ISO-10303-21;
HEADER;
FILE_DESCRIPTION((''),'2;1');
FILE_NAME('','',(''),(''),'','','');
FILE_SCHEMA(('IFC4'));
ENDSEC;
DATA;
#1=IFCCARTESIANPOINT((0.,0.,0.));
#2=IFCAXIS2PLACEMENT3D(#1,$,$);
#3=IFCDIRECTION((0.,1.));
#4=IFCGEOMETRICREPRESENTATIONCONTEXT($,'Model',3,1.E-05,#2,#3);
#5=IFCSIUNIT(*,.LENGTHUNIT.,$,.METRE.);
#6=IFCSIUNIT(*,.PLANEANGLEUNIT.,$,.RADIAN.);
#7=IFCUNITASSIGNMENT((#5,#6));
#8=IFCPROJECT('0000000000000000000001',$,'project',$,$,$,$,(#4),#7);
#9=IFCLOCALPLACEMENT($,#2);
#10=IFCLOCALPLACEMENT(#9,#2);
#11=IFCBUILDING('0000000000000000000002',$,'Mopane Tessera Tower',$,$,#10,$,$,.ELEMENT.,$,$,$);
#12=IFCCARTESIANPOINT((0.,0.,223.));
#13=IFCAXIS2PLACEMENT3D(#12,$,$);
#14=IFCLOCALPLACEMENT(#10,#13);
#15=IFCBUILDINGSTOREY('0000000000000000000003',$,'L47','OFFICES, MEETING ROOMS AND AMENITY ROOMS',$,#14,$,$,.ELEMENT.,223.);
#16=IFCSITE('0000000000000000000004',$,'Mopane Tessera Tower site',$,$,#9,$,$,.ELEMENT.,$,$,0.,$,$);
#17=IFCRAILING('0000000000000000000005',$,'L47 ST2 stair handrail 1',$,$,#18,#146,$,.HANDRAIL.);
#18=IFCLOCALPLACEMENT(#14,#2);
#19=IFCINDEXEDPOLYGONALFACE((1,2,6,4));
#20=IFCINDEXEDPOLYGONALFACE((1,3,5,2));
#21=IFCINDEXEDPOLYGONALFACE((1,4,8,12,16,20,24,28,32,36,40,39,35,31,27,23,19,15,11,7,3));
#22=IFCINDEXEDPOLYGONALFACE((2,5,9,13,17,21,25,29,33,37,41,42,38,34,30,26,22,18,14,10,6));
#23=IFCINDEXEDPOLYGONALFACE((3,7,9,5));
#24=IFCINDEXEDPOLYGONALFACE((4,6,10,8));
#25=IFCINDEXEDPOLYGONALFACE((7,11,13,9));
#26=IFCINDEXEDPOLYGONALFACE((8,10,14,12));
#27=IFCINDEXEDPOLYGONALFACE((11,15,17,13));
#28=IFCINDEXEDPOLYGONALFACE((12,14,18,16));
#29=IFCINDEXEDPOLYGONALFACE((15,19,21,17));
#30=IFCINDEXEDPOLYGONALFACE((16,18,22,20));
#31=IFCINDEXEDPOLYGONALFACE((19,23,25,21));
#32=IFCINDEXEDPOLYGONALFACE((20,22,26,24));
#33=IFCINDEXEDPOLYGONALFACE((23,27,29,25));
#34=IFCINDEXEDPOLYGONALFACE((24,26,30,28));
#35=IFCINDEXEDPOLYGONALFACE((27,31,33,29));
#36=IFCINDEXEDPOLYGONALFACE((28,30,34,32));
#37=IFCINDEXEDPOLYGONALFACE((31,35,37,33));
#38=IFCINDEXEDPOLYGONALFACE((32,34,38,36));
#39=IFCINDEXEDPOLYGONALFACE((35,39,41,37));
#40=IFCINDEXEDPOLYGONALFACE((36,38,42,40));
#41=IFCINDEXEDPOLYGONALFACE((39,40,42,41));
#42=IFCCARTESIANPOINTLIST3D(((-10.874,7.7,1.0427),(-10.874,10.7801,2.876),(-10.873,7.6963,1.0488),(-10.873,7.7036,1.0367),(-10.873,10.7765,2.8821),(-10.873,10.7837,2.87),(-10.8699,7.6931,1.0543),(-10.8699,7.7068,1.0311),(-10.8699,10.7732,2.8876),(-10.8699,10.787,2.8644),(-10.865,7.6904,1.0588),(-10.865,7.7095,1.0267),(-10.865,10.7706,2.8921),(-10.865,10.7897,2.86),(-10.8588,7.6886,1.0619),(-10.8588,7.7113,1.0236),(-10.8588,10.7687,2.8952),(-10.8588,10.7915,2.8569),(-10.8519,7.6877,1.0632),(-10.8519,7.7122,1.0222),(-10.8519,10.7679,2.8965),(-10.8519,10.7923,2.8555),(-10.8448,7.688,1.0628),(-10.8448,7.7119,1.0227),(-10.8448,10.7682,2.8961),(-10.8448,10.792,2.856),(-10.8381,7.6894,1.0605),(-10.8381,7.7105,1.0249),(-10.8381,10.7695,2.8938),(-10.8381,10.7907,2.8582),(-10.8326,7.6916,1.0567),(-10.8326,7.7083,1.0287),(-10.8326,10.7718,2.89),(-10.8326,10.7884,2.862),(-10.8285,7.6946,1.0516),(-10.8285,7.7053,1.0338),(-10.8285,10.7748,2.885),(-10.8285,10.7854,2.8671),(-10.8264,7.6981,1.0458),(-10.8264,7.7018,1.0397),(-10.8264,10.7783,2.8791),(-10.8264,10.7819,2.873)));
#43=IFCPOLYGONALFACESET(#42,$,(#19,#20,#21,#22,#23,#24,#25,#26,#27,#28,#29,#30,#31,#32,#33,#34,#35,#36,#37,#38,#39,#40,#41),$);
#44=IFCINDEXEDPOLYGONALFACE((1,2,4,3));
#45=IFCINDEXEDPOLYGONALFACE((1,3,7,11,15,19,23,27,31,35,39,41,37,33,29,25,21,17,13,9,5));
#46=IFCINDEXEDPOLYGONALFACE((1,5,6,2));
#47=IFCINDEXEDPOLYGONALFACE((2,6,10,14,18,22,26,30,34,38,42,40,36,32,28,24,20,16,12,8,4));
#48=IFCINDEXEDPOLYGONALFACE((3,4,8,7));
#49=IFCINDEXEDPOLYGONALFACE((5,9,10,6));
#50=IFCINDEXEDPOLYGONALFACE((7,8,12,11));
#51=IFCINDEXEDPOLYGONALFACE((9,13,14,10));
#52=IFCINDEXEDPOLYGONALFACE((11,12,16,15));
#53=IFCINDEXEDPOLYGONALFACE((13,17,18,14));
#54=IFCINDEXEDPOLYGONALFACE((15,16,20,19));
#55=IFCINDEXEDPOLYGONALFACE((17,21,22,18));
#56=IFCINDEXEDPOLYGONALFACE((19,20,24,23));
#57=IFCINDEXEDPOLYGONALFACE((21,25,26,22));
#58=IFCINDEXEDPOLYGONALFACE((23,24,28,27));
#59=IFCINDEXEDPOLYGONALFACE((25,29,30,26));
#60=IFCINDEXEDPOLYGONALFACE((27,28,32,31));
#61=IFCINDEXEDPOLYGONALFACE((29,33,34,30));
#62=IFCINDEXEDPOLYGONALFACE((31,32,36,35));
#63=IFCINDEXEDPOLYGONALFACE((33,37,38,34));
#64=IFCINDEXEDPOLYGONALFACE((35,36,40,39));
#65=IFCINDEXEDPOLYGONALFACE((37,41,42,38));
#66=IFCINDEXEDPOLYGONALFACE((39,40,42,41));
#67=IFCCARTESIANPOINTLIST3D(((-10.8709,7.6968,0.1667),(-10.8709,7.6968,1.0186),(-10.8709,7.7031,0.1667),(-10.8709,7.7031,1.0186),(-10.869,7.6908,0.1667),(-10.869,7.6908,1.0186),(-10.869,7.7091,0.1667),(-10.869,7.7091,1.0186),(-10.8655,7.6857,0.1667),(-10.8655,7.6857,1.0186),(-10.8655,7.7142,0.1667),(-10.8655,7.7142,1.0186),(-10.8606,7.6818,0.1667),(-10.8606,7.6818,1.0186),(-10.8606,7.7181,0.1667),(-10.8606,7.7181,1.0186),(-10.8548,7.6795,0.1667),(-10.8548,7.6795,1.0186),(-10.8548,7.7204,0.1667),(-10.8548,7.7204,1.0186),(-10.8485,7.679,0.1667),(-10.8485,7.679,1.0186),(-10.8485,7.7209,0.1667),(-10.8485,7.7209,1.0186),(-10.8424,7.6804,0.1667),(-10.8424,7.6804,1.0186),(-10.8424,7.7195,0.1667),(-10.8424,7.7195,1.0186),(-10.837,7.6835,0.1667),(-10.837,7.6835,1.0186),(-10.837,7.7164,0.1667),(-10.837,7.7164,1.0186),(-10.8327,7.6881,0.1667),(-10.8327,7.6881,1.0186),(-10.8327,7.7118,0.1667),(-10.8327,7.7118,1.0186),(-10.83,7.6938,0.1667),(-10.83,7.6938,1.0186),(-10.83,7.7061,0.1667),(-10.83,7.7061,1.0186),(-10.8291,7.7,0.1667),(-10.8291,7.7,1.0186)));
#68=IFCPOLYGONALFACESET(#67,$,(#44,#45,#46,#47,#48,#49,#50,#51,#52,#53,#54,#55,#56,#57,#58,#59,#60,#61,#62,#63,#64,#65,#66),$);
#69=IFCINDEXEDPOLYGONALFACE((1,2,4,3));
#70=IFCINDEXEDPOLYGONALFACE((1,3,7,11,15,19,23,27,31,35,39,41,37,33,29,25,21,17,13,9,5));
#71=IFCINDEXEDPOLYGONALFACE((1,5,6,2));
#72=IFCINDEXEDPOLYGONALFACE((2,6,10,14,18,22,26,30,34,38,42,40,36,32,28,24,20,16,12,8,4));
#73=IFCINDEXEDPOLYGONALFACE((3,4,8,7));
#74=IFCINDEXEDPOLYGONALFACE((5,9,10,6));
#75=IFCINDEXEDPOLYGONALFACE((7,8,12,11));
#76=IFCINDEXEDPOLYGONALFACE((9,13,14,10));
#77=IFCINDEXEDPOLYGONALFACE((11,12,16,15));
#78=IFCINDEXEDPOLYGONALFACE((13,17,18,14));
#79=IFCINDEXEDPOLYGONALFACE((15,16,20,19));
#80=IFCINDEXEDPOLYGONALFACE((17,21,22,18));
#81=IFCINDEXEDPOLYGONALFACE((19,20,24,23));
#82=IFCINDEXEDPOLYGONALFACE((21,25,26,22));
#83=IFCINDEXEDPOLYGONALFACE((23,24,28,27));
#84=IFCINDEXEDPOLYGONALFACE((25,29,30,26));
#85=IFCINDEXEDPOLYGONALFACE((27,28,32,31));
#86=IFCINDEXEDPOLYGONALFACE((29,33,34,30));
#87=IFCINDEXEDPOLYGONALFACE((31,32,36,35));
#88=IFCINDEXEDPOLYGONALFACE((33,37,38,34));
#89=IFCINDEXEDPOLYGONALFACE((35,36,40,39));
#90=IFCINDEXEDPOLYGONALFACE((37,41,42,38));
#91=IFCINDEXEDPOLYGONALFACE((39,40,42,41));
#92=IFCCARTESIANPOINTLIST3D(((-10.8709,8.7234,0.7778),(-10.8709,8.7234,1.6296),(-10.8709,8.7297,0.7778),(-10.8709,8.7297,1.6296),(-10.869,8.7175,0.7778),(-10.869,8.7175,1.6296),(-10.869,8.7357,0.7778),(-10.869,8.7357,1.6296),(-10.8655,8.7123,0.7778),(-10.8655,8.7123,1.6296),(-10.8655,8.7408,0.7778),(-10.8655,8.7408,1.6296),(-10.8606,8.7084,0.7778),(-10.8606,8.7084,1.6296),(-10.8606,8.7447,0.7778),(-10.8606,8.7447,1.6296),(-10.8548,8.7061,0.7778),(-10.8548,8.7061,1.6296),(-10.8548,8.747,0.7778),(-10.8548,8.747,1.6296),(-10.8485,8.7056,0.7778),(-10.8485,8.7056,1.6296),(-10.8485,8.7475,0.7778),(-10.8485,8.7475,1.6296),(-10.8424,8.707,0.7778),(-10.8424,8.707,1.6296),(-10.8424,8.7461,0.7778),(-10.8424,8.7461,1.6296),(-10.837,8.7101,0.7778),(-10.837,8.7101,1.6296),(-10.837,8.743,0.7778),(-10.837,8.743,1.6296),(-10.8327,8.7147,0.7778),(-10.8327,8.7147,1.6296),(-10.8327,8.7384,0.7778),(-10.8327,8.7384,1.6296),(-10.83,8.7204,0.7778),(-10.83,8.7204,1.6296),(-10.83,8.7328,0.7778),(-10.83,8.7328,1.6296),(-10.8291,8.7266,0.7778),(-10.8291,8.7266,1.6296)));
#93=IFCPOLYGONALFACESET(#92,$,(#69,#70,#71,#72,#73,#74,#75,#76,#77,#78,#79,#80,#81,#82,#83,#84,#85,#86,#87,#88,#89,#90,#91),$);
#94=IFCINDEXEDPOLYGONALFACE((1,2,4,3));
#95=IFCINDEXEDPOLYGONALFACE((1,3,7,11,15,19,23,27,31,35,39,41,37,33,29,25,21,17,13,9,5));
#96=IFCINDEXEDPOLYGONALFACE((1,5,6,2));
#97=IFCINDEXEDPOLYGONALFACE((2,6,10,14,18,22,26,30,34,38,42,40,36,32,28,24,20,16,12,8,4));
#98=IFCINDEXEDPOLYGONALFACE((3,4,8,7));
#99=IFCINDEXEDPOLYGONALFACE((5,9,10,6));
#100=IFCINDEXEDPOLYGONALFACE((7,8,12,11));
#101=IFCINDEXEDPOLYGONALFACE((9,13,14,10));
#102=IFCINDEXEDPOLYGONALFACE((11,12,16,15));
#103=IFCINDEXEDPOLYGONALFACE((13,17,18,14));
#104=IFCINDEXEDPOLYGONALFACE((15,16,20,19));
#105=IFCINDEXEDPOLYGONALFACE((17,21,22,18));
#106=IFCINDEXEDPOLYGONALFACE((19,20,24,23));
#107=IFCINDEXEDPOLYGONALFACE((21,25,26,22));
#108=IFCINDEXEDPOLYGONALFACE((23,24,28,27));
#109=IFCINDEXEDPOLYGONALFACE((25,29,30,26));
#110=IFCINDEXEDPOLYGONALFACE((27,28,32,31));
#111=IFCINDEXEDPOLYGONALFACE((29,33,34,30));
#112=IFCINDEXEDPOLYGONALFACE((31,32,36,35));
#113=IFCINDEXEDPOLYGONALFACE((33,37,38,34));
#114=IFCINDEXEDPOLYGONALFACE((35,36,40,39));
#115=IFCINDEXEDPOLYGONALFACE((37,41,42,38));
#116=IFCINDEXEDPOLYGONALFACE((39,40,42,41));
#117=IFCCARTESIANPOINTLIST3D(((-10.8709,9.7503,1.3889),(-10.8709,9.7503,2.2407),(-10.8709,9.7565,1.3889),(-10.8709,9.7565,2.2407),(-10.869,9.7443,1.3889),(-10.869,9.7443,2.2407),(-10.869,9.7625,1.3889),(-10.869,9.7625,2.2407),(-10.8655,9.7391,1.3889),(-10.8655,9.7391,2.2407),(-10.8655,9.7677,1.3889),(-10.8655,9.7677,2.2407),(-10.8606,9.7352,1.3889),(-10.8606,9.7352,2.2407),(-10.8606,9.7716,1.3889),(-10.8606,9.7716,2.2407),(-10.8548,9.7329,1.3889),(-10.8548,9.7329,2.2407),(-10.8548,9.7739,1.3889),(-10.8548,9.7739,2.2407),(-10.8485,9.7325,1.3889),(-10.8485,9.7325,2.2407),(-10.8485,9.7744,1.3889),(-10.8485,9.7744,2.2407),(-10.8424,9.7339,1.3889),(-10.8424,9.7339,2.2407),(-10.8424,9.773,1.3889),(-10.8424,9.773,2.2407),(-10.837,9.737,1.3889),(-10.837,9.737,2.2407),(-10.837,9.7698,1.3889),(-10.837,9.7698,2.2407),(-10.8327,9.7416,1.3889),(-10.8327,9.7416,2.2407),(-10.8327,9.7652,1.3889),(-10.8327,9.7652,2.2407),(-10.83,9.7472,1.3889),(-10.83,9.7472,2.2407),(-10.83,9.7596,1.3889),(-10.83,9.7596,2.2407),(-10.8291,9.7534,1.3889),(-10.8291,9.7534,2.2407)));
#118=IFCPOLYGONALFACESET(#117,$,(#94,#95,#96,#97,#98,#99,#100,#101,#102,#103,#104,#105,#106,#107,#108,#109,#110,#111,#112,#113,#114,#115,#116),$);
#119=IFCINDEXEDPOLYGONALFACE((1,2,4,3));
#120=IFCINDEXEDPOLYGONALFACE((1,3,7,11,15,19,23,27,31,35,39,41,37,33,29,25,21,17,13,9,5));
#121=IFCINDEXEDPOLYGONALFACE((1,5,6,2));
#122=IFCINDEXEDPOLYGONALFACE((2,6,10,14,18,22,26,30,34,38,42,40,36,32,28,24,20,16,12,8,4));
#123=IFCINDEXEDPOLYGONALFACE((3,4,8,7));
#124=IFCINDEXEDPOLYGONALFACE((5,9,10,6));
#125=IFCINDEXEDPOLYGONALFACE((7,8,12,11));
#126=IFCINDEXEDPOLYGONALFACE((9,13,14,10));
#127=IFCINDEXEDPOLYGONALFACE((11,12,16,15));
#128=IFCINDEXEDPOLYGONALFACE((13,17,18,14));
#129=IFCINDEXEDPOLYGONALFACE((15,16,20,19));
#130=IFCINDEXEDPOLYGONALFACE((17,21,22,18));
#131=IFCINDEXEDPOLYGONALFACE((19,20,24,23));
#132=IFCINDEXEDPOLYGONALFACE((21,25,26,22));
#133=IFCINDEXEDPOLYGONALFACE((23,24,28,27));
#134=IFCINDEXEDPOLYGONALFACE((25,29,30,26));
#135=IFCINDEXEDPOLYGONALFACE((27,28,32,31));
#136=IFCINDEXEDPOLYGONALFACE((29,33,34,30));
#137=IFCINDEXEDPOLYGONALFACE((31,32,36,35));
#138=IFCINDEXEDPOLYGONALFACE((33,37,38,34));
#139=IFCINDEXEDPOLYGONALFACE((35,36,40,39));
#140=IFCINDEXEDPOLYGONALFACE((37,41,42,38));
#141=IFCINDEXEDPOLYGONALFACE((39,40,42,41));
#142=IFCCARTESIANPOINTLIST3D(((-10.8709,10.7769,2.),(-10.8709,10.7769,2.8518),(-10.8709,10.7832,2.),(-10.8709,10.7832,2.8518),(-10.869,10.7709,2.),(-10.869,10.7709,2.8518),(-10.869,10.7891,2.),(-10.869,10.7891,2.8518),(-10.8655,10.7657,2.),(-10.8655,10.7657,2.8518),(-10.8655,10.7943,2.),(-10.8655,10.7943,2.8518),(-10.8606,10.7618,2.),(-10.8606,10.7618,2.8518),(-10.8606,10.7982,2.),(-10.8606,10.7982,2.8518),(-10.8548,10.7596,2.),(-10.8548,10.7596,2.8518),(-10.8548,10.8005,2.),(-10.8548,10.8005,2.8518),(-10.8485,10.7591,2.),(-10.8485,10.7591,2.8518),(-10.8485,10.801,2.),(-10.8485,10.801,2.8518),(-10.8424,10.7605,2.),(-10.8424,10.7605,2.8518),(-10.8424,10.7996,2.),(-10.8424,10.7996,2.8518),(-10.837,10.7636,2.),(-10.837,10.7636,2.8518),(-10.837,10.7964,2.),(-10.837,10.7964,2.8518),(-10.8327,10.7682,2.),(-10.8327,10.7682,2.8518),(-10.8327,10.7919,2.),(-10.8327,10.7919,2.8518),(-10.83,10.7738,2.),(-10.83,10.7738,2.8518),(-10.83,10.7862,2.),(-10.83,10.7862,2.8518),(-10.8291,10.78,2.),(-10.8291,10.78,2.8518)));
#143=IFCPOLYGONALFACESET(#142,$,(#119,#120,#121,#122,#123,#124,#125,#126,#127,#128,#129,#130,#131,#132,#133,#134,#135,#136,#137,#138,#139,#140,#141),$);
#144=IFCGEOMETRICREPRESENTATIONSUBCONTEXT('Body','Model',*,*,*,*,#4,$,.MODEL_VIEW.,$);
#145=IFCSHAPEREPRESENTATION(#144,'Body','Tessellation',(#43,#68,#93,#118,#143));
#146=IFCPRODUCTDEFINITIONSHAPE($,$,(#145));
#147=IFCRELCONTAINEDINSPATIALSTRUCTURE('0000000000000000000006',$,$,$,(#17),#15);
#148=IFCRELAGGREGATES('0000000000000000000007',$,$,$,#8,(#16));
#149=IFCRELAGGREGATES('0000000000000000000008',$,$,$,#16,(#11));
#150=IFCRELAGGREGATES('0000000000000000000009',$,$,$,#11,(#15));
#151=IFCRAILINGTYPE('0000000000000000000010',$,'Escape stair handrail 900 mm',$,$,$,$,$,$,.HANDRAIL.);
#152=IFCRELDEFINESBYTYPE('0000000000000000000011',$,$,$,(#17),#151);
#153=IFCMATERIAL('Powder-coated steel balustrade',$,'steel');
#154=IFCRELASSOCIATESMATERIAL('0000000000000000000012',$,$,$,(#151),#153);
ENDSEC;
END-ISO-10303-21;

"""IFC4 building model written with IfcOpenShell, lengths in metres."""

from ifc_helpers import new_model, si_unit, direction, frame, origin, origin_2d, place, context, subcontext, project, spatial, circle, extrude, material, type_object, element, save


model = new_model("IFC4")

# Units and contexts
model_context = context("Model", 3, precision=1e-05, world=origin(), true_north=direction((0.0, 1.0)))
body_context = subcontext(model_context, "Body", "Model", "MODEL_VIEW")
ifc_project = project(units=[si_unit("LENGTHUNIT", "METRE"), si_unit("PLANEANGLEUNIT", "RADIAN")], contexts=[model_context])

# Site, building, storey
site_placement = place(None, origin())
site = spatial("IfcSite", under=ifc_project, at=site_placement, Name="Mopane Tessera Tower site", CompositionType="ELEMENT", RefElevation=0.0)
building_placement = place(site_placement, origin())
building = spatial("IfcBuilding", under=site, at=building_placement, Name="Mopane Tessera Tower", CompositionType="ELEMENT")
storey_placement = place(building_placement, frame((0.0, 0.0, 223.0)))
storey = spatial("IfcBuildingStorey", under=building, at=storey_placement, Name="L47", Description="OFFICES, MEETING ROOMS AND AMENITY ROOMS", CompositionType="ELEMENT", Elevation=223.0)

# Railing
ifc_material_1 = material(Name="Powder-coated steel balustrade", Category="steel")
railing_type_1 = type_object("IfcRailingType", Name="Escape stair handrail 900 mm", PredefinedType="HANDRAIL", material=ifc_material_1)
railing_1_placement = place(storey_placement, frame((-10.8501, 7.7, 0.1667)))
element("IfcRailing", 1, at=railing_1_placement, inside=storey, type_object=railing_type_1, Name="L47 ST2 stair handrail 1", PredefinedType="HANDRAIL", context=body_context, shape_type="SweptSolid", body=[
    extrude(circle(Radius=0.0239, at=origin_2d()), frame((0.0, 0.0, 0.876), z_axis=(0.0, 0.859309, 0.511458), x_axis=(-1.0, 0.0, 0.0)), (0.0, 0.0, 1.0), 3.5845),
    extrude(circle(Radius=0.021, at=origin_2d()), origin(), (0.0, 0.0, 1.0), 0.8518),
    extrude(circle(Radius=0.021, at=origin_2d()), frame((0.0, 1.0266, 0.6111)), (0.0, 0.0, 1.0), 0.8518),
    extrude(circle(Radius=0.021, at=origin_2d()), frame((0.0, 2.0535, 1.2222)), (0.0, 0.0, 1.0), 0.8518),
    extrude(circle(Radius=0.021, at=origin_2d()), frame((0.0, 3.0801, 1.8333)), (0.0, 0.0, 1.0), 0.8518),
])

save(model, "model.ifc")
